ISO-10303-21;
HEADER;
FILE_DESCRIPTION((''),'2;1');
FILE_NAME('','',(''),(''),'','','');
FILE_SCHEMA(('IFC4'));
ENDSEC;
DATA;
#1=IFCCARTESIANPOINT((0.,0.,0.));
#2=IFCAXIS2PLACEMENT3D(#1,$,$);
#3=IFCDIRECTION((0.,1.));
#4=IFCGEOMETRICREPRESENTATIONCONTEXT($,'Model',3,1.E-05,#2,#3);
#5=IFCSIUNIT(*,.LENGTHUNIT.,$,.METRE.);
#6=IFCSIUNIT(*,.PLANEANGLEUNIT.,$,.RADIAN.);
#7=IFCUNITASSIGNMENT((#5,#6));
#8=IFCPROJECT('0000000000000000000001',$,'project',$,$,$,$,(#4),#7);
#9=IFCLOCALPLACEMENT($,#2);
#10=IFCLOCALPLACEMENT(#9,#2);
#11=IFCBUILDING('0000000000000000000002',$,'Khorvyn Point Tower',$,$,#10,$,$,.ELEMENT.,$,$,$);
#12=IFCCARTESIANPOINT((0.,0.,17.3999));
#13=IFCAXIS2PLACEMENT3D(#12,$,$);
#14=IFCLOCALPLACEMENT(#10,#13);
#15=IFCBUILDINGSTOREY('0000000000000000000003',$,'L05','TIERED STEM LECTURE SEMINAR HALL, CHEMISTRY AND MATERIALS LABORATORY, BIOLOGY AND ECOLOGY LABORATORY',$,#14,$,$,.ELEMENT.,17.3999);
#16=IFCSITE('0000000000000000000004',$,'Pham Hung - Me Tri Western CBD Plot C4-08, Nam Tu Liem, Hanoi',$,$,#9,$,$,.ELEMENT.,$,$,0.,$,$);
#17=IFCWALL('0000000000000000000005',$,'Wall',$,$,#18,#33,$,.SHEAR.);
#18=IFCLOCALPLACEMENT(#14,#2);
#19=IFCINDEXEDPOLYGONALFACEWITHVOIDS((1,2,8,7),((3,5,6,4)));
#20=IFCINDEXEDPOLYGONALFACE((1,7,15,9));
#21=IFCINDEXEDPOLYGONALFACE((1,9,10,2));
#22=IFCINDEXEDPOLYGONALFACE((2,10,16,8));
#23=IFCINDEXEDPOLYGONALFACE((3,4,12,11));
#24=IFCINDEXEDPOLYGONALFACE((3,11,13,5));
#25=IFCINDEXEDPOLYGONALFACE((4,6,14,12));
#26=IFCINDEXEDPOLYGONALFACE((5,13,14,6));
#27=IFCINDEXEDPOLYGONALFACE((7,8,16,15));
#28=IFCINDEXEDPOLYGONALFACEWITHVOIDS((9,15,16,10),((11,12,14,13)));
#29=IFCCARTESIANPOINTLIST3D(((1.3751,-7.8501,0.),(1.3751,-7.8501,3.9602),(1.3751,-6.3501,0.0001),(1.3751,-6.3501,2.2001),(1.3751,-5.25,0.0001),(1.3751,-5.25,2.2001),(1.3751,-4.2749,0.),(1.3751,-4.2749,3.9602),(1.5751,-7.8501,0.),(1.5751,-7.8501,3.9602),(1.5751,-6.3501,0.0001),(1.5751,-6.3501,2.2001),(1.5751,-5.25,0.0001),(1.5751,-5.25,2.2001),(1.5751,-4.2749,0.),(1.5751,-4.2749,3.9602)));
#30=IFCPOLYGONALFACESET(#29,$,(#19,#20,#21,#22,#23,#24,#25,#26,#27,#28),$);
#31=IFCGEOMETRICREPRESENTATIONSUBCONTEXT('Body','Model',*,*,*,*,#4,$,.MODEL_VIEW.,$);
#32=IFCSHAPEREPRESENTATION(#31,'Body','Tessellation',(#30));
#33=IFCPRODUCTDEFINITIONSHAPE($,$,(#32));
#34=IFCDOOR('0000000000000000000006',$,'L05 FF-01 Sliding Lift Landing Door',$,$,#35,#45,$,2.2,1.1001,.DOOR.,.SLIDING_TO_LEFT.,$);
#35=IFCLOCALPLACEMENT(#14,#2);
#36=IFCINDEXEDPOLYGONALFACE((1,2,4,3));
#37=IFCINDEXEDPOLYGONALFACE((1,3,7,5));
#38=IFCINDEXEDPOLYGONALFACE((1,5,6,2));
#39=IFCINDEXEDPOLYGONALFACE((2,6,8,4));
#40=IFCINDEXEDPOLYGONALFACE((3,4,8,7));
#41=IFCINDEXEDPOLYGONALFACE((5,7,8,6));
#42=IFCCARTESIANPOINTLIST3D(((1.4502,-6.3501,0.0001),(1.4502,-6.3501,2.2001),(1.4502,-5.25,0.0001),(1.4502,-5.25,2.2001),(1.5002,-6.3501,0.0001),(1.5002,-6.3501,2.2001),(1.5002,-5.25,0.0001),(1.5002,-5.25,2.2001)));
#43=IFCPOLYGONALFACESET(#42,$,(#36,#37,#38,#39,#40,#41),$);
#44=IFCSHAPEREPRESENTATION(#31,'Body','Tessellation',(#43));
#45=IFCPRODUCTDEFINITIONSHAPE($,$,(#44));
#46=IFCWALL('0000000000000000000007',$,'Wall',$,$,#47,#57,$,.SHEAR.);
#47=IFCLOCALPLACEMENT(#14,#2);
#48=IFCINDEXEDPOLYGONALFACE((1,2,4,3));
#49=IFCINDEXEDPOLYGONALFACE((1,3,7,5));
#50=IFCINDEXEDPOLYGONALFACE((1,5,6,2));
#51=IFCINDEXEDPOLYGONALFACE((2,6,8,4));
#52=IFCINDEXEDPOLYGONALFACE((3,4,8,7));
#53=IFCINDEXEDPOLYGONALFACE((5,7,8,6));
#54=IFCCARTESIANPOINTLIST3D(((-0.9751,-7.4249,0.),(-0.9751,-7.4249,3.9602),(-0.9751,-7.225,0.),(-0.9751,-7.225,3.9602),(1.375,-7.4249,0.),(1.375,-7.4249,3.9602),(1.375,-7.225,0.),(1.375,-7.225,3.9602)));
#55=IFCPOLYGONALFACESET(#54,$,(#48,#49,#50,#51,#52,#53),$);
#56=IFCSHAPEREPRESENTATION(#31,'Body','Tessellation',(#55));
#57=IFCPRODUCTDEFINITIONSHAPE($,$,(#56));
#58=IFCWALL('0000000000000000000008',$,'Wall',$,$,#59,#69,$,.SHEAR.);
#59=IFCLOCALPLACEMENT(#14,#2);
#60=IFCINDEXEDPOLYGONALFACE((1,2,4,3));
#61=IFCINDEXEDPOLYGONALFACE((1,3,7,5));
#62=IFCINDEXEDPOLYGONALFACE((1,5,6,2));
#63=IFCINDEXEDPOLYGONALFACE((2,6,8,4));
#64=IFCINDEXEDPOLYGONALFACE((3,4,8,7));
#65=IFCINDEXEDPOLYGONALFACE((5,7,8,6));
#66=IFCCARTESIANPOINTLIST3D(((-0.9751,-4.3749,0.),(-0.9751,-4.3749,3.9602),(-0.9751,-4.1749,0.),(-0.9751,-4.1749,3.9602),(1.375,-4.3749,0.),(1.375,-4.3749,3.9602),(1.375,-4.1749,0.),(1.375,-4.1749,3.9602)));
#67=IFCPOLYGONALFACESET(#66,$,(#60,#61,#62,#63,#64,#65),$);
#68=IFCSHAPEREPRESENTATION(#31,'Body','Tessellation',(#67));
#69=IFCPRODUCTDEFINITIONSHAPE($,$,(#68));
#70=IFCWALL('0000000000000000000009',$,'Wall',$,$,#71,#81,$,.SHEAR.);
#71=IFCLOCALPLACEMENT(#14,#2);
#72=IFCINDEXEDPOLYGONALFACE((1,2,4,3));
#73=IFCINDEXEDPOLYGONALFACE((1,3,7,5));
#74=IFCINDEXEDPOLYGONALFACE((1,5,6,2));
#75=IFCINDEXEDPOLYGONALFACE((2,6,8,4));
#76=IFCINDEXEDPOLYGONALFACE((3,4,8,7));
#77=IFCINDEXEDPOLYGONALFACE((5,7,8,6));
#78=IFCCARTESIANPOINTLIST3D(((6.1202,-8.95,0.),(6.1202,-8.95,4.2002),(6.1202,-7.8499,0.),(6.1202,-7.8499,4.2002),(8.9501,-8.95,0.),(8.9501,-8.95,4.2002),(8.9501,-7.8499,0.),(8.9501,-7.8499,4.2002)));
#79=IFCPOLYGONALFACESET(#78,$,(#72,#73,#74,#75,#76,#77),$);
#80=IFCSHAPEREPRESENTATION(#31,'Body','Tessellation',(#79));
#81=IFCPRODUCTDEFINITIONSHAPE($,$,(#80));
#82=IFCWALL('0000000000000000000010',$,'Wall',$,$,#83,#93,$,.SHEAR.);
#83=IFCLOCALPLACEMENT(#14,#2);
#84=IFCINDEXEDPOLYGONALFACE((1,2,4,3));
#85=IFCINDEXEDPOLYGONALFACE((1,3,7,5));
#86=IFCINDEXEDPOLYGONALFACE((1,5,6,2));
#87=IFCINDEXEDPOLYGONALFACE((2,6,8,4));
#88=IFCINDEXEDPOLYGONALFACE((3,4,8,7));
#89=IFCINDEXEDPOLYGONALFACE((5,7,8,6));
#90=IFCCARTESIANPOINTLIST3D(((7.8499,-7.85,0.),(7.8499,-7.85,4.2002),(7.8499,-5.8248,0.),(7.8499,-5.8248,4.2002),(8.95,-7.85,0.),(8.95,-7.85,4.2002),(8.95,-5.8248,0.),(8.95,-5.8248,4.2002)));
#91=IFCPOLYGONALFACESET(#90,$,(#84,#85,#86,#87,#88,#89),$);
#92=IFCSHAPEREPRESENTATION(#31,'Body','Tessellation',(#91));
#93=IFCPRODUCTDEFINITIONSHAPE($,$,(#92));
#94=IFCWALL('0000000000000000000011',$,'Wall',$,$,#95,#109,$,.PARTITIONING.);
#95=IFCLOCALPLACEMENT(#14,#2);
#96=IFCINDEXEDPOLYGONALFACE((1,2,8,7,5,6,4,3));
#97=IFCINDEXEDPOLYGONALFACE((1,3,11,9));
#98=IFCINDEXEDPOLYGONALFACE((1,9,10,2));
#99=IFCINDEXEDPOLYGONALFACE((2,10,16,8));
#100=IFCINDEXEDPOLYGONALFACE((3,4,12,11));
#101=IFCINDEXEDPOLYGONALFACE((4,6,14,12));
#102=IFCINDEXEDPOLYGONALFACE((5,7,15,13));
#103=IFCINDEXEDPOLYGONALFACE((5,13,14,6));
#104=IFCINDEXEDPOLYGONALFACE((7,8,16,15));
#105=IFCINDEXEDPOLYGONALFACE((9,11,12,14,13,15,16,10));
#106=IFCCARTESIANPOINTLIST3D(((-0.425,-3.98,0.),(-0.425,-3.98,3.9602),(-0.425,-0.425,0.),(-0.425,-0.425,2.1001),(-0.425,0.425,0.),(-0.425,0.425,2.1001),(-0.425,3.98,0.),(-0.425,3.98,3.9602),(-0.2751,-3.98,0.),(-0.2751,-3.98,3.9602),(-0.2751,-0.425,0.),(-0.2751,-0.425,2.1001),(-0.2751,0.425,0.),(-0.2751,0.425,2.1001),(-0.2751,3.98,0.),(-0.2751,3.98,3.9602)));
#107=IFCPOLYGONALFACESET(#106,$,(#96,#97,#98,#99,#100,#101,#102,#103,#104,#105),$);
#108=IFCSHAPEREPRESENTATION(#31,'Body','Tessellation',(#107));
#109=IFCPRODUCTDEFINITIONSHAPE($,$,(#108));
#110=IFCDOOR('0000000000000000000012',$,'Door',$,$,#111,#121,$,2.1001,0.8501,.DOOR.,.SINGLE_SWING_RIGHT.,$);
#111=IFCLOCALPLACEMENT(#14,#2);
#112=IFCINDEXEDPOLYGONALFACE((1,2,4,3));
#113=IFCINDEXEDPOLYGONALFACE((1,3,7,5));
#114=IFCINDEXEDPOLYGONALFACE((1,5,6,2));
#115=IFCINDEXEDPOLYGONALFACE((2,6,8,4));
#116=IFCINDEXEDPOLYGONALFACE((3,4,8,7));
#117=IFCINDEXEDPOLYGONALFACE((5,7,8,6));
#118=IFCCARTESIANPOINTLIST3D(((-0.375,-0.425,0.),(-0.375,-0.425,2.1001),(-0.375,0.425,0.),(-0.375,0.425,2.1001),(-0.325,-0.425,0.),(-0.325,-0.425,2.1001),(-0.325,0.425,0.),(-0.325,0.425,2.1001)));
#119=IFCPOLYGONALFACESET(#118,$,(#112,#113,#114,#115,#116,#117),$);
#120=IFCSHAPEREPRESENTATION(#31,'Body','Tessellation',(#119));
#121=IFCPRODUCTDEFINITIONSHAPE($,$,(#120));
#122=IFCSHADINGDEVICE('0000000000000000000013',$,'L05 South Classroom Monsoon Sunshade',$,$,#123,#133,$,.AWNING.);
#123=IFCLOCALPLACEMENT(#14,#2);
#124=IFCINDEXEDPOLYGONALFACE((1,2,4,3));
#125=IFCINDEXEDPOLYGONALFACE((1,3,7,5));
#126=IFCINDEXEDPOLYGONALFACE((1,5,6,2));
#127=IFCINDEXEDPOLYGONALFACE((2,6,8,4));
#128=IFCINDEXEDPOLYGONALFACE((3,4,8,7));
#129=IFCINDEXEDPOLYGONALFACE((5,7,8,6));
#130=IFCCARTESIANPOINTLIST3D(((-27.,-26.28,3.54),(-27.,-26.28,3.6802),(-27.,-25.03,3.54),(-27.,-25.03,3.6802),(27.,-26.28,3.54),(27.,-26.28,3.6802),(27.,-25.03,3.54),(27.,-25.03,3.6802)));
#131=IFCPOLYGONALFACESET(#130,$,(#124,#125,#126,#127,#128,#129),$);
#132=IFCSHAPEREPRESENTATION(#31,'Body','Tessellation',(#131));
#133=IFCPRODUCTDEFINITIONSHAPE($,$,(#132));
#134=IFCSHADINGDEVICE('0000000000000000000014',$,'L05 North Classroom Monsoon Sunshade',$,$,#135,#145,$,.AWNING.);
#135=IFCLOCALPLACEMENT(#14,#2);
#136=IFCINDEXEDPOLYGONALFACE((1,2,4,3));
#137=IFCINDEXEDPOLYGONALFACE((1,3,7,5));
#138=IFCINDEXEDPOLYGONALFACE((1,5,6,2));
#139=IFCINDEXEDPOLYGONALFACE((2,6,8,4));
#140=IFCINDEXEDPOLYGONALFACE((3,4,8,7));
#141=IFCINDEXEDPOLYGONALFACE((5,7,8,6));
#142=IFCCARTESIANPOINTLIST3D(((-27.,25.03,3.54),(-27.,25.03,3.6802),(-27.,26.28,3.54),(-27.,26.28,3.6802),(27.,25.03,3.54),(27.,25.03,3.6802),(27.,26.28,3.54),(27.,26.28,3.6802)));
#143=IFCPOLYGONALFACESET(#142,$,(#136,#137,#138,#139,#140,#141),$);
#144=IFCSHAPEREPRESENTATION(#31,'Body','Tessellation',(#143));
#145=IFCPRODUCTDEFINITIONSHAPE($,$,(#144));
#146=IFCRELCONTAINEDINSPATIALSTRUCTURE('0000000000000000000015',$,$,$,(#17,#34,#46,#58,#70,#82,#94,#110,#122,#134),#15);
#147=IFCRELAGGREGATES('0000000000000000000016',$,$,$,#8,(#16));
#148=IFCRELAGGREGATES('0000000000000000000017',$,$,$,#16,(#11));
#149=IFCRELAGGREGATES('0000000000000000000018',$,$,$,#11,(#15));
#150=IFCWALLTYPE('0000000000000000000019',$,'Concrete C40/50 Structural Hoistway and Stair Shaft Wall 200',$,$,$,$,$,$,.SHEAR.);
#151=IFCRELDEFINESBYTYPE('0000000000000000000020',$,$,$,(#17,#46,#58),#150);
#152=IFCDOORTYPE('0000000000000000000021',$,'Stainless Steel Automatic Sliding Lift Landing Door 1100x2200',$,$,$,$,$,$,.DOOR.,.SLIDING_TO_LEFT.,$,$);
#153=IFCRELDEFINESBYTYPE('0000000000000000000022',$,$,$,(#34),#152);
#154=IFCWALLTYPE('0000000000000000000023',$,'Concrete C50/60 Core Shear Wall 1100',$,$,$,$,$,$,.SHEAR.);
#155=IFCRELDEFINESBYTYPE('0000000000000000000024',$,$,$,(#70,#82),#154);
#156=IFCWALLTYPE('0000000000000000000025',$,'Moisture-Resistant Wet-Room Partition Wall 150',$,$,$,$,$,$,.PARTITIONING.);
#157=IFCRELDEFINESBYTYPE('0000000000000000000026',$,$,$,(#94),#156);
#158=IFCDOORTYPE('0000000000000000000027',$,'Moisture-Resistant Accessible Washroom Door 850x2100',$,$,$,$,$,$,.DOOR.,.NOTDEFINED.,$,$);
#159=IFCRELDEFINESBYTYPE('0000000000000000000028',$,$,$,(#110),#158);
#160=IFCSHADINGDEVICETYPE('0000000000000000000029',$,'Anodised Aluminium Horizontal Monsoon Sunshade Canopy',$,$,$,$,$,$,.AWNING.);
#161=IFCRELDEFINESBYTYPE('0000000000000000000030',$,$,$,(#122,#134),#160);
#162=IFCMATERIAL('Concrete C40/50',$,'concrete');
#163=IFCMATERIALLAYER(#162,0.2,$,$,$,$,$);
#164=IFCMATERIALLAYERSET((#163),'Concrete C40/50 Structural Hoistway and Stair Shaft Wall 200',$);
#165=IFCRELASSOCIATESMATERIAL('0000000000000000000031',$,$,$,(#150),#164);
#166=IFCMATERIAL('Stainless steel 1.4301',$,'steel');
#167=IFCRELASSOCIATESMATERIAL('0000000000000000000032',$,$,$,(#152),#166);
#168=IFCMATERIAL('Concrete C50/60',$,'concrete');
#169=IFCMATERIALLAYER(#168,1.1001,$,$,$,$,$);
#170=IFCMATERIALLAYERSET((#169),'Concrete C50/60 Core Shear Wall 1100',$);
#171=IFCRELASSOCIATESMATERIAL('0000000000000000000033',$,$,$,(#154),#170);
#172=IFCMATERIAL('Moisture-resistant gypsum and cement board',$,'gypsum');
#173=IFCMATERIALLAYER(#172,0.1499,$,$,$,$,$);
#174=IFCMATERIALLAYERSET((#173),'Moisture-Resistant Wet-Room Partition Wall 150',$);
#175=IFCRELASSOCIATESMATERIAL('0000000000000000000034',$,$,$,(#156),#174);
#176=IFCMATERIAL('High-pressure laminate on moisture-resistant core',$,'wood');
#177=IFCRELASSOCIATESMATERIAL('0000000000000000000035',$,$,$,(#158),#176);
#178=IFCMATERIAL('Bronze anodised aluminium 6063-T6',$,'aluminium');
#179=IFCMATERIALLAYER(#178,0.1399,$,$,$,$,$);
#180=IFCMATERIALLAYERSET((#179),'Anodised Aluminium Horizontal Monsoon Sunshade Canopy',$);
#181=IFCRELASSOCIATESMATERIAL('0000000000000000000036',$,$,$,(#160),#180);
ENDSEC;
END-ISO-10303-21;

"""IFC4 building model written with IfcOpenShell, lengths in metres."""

from ifc_helpers import new_model, si_unit, direction, frame, frame_2d, origin, place, context, subcontext, project, spatial, polyline, rectangle, outline, extrude, material, layer, layer_set, type_object, element, fill, save


model = new_model("IFC4")

# Units and contexts
model_context = context("Model", 3, precision=1e-05, world=origin(), true_north=direction((0.0, 1.0)))
body_context = subcontext(model_context, "Body", "Model", "MODEL_VIEW")
ifc_project = project(units=[si_unit("LENGTHUNIT", "METRE"), si_unit("PLANEANGLEUNIT", "RADIAN")], contexts=[model_context])

# Site, building, storey
site_placement = place(None, origin())
site = spatial("IfcSite", under=ifc_project, at=site_placement, Name="Pham Hung - Me Tri Western CBD Plot C4-08, Nam Tu Liem, Hanoi", CompositionType="ELEMENT", RefElevation=0.0)
building_placement = place(site_placement, origin())
building = spatial("IfcBuilding", under=site, at=building_placement, Name="Khorvyn Point Tower", CompositionType="ELEMENT")
storey_placement = place(building_placement, frame((0.0, 0.0, 17.3999)))
storey = spatial("IfcBuildingStorey", under=building, at=storey_placement, Name="L05", Description="TIERED STEM LECTURE SEMINAR HALL, CHEMISTRY AND MATERIALS LABORATORY, BIOLOGY AND ECOLOGY LABORATORY", CompositionType="ELEMENT", Elevation=17.3999)

# Shared definitions
ifc_material_1 = material(Name="Concrete C40/50", Category="concrete")

# Shared definitions
ifc_material_2 = material(Name="Concrete C50/60", Category="concrete")

# Shared definitions
ifc_layer_1 = layer(ifc_material_1, 0.2)
ifc_layer_set_1 = layer_set([ifc_layer_1], Name="Concrete C40/50 Structural Hoistway and Stair Shaft Wall 200")
wall_type_1 = type_object("IfcWallType", Name="Concrete C40/50 Structural Hoistway and Stair Shaft Wall 200", PredefinedType="SHEAR", material=ifc_layer_set_1)

# Wall, opening, door
wall_1_placement = place(storey_placement, frame((1.4751, -7.8501, 0.0), z_axis=(0.0, 0.0, 1.0), x_axis=(0.0, 1.0, 0.0)))
wall_1 = element("IfcWall", 1, at=wall_1_placement, inside=storey, type_object=wall_type_1, Name="Wall", PredefinedType="SHEAR", context=body_context, shape_type="SweptSolid", body=[
    extrude(rectangle(XDim=3.5752, YDim=0.2, at=frame_2d((1.7876, 0.0))), origin(), (0.0, 0.0, 1.0), 3.9602),
])
opening_1_placement = place(wall_1_placement, frame((1.5, 0.0, 0.0)))
opening_1 = element("IfcOpeningElement", 2, at=opening_1_placement, cuts=wall_1, PredefinedType="OPENING", context=body_context, shape_type="SweptSolid", body=[
    extrude(rectangle(XDim=1.1001, YDim=2.2, at=frame_2d((0.55, 1.1001))), frame((0.0, 0.1099, 0.0), z_axis=(0.0, -1.0, 0.0), x_axis=(1.0, 0.0, 0.0)), (0.0, 0.0, 1.0), 0.22),
])
ifc_material_3 = material(Name="Stainless steel 1.4301", Category="steel")
door_type_1 = type_object("IfcDoorType", Name="Stainless Steel Automatic Sliding Lift Landing Door 1100x2200", OperationType="SLIDING_TO_LEFT", PredefinedType="DOOR", material=ifc_material_3)
door_1_placement = place(opening_1_placement, origin())
door_1 = element("IfcDoor", 3, at=door_1_placement, inside=storey, type_object=door_type_1, Name="L05 FF-01 Sliding Lift Landing Door", OperationType="SLIDING_TO_LEFT", OverallHeight=2.2, OverallWidth=1.1001, PredefinedType="DOOR", context=body_context, shape_type="SweptSolid", body=[
    extrude(rectangle(XDim=1.1001, YDim=2.2, at=frame_2d((0.55, 1.1001))), frame((0.0, 0.0249, 0.0), z_axis=(0.0, -1.0, 0.0), x_axis=(1.0, 0.0, 0.0)), (0.0, 0.0, 1.0), 0.05),
])
fill(opening_1, door_1)

# Walls
for number, where, z_axis, x_axis, name in (
    (4, (-0.9751, -7.325, 0.0), (0.0, 0.0, 1.0), (1.0, 0.0, 0.0), "Wall"),
    (5, (-0.9751, -4.2749, 0.0), (0.0, 0.0, 1.0), (1.0, 0.0, 0.0), "Wall"),
):
    element("IfcWall", number, at=place(storey_placement, frame(where, z_axis=z_axis, x_axis=x_axis)), inside=storey, type_object=wall_type_1, Name=name, PredefinedType="SHEAR", context=body_context, shape_type="SweptSolid", body=[
        extrude(rectangle(XDim=2.3501, YDim=0.2, at=frame_2d((1.175, 0.0))), origin(), (0.0, 0.0, 1.0), 3.9602),
    ])
ifc_layer_2 = layer(ifc_material_2, 1.1001)
ifc_layer_set_2 = layer_set([ifc_layer_2], Name="Concrete C50/60 Core Shear Wall 1100")
wall_type_2 = type_object("IfcWallType", Name="Concrete C50/60 Core Shear Wall 1100", PredefinedType="SHEAR", material=ifc_layer_set_2)
wall_2_placement = place(storey_placement, frame((6.1201, -8.3999, 0.0), z_axis=(0.0, 0.0, 1.0), x_axis=(1.0, 0.0, 0.0)))
element("IfcWall", 6, at=wall_2_placement, inside=storey, type_object=wall_type_2, Name="Wall", PredefinedType="SHEAR", context=body_context, shape_type="SweptSolid", body=[
    extrude(rectangle(XDim=2.8298, YDim=1.1001, at=frame_2d((1.415, 0.0))), origin(), (0.0, 0.0, 1.0), 4.2002),
])
wall_3_placement = place(storey_placement, frame((8.3999, -7.8501, 0.0), z_axis=(0.0, 0.0, 1.0), x_axis=(0.0, 1.0, 0.0)))
element("IfcWall", 7, at=wall_3_placement, inside=storey, type_object=wall_type_2, Name="Wall", PredefinedType="SHEAR", context=body_context, shape_type="SweptSolid", body=[
    extrude(rectangle(XDim=2.0251, YDim=1.1001, at=frame_2d((1.0127, 0.0))), origin(), (0.0, 0.0, 1.0), 4.2002),
])

# Wall, opening, door
ifc_material_4 = material(Name="Moisture-resistant gypsum and cement board", Category="gypsum")
ifc_layer_3 = layer(ifc_material_4, 0.1499)
ifc_layer_set_3 = layer_set([ifc_layer_3], Name="Moisture-Resistant Wet-Room Partition Wall 150")
wall_type_3 = type_object("IfcWallType", Name="Moisture-Resistant Wet-Room Partition Wall 150", PredefinedType="PARTITIONING", material=ifc_layer_set_3)
wall_4_placement = place(storey_placement, frame((-0.3501, -3.98, 0.0), z_axis=(0.0, 0.0, 1.0), x_axis=(0.0, 1.0, 0.0)))
wall_4 = element("IfcWall", 8, at=wall_4_placement, inside=storey, type_object=wall_type_3, Name="Wall", PredefinedType="PARTITIONING", context=body_context, shape_type="SweptSolid", body=[
    extrude(rectangle(XDim=7.96, YDim=0.1499, at=frame_2d((3.98, 0.0))), origin(), (0.0, 0.0, 1.0), 3.9602),
])
opening_2_placement = place(wall_4_placement, frame((3.5549, 0.0, 0.0)))
opening_2 = element("IfcOpeningElement", 9, at=opening_2_placement, cuts=wall_4, PredefinedType="OPENING", context=body_context, shape_type="SweptSolid", body=[
    extrude(rectangle(XDim=0.8501, YDim=2.1001, at=frame_2d((0.425, 1.05))), frame((0.0, 0.085, 0.0), z_axis=(0.0, -1.0, 0.0), x_axis=(1.0, 0.0, 0.0)), (0.0, 0.0, 1.0), 0.1699),
])
ifc_material_5 = material(Name="High-pressure laminate on moisture-resistant core", Category="wood")
door_type_2 = type_object("IfcDoorType", Name="Moisture-Resistant Accessible Washroom Door 850x2100", OperationType="NOTDEFINED", PredefinedType="DOOR", material=ifc_material_5)
door_2_placement = place(opening_2_placement, origin())
door_2 = element("IfcDoor", 10, at=door_2_placement, inside=storey, type_object=door_type_2, Name="Door", OperationType="SINGLE_SWING_RIGHT", OverallHeight=2.1001, OverallWidth=0.8501, PredefinedType="DOOR", context=body_context, shape_type="SweptSolid", body=[
    extrude(rectangle(XDim=0.8501, YDim=2.1001, at=frame_2d((0.425, 1.05))), frame((0.0, 0.0249, 0.0), z_axis=(0.0, -1.0, 0.0), x_axis=(1.0, 0.0, 0.0)), (0.0, 0.0, 1.0), 0.05),
])
fill(opening_2, door_2)

# Shading devices
ifc_material_6 = material(Name="Bronze anodised aluminium 6063-T6", Category="aluminium")
ifc_layer_4 = layer(ifc_material_6, 0.1399)
ifc_layer_set_4 = layer_set([ifc_layer_4], Name="Anodised Aluminium Horizontal Monsoon Sunshade Canopy")
shading_device_type = type_object("IfcShadingDeviceType", Name="Anodised Aluminium Horizontal Monsoon Sunshade Canopy", PredefinedType="AWNING", material=ifc_layer_set_4)
shading_device_1_placement = place(storey_placement, frame((0.0, 0.0, 3.54)))
element("IfcShadingDevice", 11, at=shading_device_1_placement, inside=storey, type_object=shading_device_type, Name="L05 South Classroom Monsoon Sunshade", PredefinedType="AWNING", context=body_context, shape_type="SweptSolid", body=[
    extrude(outline(polyline([(-27.0, -26.28), (27.0, -26.28), (27.0, -25.03), (-27.0, -25.03), (-27.0, -26.28)])), origin(), (0.0, 0.0, 1.0), 0.1401),
])
shading_device_2_placement = place(storey_placement, frame((0.0, 0.0, 3.54)))
element("IfcShadingDevice", 12, at=shading_device_2_placement, inside=storey, type_object=shading_device_type, Name="L05 North Classroom Monsoon Sunshade", PredefinedType="AWNING", context=body_context, shape_type="SweptSolid", body=[
    extrude(outline(polyline([(-27.0, 25.03), (27.0, 25.03), (27.0, 26.28), (-27.0, 26.28), (-27.0, 25.03)])), origin(), (0.0, 0.0, 1.0), 0.1401),
])

save(model, "model.ifc")
